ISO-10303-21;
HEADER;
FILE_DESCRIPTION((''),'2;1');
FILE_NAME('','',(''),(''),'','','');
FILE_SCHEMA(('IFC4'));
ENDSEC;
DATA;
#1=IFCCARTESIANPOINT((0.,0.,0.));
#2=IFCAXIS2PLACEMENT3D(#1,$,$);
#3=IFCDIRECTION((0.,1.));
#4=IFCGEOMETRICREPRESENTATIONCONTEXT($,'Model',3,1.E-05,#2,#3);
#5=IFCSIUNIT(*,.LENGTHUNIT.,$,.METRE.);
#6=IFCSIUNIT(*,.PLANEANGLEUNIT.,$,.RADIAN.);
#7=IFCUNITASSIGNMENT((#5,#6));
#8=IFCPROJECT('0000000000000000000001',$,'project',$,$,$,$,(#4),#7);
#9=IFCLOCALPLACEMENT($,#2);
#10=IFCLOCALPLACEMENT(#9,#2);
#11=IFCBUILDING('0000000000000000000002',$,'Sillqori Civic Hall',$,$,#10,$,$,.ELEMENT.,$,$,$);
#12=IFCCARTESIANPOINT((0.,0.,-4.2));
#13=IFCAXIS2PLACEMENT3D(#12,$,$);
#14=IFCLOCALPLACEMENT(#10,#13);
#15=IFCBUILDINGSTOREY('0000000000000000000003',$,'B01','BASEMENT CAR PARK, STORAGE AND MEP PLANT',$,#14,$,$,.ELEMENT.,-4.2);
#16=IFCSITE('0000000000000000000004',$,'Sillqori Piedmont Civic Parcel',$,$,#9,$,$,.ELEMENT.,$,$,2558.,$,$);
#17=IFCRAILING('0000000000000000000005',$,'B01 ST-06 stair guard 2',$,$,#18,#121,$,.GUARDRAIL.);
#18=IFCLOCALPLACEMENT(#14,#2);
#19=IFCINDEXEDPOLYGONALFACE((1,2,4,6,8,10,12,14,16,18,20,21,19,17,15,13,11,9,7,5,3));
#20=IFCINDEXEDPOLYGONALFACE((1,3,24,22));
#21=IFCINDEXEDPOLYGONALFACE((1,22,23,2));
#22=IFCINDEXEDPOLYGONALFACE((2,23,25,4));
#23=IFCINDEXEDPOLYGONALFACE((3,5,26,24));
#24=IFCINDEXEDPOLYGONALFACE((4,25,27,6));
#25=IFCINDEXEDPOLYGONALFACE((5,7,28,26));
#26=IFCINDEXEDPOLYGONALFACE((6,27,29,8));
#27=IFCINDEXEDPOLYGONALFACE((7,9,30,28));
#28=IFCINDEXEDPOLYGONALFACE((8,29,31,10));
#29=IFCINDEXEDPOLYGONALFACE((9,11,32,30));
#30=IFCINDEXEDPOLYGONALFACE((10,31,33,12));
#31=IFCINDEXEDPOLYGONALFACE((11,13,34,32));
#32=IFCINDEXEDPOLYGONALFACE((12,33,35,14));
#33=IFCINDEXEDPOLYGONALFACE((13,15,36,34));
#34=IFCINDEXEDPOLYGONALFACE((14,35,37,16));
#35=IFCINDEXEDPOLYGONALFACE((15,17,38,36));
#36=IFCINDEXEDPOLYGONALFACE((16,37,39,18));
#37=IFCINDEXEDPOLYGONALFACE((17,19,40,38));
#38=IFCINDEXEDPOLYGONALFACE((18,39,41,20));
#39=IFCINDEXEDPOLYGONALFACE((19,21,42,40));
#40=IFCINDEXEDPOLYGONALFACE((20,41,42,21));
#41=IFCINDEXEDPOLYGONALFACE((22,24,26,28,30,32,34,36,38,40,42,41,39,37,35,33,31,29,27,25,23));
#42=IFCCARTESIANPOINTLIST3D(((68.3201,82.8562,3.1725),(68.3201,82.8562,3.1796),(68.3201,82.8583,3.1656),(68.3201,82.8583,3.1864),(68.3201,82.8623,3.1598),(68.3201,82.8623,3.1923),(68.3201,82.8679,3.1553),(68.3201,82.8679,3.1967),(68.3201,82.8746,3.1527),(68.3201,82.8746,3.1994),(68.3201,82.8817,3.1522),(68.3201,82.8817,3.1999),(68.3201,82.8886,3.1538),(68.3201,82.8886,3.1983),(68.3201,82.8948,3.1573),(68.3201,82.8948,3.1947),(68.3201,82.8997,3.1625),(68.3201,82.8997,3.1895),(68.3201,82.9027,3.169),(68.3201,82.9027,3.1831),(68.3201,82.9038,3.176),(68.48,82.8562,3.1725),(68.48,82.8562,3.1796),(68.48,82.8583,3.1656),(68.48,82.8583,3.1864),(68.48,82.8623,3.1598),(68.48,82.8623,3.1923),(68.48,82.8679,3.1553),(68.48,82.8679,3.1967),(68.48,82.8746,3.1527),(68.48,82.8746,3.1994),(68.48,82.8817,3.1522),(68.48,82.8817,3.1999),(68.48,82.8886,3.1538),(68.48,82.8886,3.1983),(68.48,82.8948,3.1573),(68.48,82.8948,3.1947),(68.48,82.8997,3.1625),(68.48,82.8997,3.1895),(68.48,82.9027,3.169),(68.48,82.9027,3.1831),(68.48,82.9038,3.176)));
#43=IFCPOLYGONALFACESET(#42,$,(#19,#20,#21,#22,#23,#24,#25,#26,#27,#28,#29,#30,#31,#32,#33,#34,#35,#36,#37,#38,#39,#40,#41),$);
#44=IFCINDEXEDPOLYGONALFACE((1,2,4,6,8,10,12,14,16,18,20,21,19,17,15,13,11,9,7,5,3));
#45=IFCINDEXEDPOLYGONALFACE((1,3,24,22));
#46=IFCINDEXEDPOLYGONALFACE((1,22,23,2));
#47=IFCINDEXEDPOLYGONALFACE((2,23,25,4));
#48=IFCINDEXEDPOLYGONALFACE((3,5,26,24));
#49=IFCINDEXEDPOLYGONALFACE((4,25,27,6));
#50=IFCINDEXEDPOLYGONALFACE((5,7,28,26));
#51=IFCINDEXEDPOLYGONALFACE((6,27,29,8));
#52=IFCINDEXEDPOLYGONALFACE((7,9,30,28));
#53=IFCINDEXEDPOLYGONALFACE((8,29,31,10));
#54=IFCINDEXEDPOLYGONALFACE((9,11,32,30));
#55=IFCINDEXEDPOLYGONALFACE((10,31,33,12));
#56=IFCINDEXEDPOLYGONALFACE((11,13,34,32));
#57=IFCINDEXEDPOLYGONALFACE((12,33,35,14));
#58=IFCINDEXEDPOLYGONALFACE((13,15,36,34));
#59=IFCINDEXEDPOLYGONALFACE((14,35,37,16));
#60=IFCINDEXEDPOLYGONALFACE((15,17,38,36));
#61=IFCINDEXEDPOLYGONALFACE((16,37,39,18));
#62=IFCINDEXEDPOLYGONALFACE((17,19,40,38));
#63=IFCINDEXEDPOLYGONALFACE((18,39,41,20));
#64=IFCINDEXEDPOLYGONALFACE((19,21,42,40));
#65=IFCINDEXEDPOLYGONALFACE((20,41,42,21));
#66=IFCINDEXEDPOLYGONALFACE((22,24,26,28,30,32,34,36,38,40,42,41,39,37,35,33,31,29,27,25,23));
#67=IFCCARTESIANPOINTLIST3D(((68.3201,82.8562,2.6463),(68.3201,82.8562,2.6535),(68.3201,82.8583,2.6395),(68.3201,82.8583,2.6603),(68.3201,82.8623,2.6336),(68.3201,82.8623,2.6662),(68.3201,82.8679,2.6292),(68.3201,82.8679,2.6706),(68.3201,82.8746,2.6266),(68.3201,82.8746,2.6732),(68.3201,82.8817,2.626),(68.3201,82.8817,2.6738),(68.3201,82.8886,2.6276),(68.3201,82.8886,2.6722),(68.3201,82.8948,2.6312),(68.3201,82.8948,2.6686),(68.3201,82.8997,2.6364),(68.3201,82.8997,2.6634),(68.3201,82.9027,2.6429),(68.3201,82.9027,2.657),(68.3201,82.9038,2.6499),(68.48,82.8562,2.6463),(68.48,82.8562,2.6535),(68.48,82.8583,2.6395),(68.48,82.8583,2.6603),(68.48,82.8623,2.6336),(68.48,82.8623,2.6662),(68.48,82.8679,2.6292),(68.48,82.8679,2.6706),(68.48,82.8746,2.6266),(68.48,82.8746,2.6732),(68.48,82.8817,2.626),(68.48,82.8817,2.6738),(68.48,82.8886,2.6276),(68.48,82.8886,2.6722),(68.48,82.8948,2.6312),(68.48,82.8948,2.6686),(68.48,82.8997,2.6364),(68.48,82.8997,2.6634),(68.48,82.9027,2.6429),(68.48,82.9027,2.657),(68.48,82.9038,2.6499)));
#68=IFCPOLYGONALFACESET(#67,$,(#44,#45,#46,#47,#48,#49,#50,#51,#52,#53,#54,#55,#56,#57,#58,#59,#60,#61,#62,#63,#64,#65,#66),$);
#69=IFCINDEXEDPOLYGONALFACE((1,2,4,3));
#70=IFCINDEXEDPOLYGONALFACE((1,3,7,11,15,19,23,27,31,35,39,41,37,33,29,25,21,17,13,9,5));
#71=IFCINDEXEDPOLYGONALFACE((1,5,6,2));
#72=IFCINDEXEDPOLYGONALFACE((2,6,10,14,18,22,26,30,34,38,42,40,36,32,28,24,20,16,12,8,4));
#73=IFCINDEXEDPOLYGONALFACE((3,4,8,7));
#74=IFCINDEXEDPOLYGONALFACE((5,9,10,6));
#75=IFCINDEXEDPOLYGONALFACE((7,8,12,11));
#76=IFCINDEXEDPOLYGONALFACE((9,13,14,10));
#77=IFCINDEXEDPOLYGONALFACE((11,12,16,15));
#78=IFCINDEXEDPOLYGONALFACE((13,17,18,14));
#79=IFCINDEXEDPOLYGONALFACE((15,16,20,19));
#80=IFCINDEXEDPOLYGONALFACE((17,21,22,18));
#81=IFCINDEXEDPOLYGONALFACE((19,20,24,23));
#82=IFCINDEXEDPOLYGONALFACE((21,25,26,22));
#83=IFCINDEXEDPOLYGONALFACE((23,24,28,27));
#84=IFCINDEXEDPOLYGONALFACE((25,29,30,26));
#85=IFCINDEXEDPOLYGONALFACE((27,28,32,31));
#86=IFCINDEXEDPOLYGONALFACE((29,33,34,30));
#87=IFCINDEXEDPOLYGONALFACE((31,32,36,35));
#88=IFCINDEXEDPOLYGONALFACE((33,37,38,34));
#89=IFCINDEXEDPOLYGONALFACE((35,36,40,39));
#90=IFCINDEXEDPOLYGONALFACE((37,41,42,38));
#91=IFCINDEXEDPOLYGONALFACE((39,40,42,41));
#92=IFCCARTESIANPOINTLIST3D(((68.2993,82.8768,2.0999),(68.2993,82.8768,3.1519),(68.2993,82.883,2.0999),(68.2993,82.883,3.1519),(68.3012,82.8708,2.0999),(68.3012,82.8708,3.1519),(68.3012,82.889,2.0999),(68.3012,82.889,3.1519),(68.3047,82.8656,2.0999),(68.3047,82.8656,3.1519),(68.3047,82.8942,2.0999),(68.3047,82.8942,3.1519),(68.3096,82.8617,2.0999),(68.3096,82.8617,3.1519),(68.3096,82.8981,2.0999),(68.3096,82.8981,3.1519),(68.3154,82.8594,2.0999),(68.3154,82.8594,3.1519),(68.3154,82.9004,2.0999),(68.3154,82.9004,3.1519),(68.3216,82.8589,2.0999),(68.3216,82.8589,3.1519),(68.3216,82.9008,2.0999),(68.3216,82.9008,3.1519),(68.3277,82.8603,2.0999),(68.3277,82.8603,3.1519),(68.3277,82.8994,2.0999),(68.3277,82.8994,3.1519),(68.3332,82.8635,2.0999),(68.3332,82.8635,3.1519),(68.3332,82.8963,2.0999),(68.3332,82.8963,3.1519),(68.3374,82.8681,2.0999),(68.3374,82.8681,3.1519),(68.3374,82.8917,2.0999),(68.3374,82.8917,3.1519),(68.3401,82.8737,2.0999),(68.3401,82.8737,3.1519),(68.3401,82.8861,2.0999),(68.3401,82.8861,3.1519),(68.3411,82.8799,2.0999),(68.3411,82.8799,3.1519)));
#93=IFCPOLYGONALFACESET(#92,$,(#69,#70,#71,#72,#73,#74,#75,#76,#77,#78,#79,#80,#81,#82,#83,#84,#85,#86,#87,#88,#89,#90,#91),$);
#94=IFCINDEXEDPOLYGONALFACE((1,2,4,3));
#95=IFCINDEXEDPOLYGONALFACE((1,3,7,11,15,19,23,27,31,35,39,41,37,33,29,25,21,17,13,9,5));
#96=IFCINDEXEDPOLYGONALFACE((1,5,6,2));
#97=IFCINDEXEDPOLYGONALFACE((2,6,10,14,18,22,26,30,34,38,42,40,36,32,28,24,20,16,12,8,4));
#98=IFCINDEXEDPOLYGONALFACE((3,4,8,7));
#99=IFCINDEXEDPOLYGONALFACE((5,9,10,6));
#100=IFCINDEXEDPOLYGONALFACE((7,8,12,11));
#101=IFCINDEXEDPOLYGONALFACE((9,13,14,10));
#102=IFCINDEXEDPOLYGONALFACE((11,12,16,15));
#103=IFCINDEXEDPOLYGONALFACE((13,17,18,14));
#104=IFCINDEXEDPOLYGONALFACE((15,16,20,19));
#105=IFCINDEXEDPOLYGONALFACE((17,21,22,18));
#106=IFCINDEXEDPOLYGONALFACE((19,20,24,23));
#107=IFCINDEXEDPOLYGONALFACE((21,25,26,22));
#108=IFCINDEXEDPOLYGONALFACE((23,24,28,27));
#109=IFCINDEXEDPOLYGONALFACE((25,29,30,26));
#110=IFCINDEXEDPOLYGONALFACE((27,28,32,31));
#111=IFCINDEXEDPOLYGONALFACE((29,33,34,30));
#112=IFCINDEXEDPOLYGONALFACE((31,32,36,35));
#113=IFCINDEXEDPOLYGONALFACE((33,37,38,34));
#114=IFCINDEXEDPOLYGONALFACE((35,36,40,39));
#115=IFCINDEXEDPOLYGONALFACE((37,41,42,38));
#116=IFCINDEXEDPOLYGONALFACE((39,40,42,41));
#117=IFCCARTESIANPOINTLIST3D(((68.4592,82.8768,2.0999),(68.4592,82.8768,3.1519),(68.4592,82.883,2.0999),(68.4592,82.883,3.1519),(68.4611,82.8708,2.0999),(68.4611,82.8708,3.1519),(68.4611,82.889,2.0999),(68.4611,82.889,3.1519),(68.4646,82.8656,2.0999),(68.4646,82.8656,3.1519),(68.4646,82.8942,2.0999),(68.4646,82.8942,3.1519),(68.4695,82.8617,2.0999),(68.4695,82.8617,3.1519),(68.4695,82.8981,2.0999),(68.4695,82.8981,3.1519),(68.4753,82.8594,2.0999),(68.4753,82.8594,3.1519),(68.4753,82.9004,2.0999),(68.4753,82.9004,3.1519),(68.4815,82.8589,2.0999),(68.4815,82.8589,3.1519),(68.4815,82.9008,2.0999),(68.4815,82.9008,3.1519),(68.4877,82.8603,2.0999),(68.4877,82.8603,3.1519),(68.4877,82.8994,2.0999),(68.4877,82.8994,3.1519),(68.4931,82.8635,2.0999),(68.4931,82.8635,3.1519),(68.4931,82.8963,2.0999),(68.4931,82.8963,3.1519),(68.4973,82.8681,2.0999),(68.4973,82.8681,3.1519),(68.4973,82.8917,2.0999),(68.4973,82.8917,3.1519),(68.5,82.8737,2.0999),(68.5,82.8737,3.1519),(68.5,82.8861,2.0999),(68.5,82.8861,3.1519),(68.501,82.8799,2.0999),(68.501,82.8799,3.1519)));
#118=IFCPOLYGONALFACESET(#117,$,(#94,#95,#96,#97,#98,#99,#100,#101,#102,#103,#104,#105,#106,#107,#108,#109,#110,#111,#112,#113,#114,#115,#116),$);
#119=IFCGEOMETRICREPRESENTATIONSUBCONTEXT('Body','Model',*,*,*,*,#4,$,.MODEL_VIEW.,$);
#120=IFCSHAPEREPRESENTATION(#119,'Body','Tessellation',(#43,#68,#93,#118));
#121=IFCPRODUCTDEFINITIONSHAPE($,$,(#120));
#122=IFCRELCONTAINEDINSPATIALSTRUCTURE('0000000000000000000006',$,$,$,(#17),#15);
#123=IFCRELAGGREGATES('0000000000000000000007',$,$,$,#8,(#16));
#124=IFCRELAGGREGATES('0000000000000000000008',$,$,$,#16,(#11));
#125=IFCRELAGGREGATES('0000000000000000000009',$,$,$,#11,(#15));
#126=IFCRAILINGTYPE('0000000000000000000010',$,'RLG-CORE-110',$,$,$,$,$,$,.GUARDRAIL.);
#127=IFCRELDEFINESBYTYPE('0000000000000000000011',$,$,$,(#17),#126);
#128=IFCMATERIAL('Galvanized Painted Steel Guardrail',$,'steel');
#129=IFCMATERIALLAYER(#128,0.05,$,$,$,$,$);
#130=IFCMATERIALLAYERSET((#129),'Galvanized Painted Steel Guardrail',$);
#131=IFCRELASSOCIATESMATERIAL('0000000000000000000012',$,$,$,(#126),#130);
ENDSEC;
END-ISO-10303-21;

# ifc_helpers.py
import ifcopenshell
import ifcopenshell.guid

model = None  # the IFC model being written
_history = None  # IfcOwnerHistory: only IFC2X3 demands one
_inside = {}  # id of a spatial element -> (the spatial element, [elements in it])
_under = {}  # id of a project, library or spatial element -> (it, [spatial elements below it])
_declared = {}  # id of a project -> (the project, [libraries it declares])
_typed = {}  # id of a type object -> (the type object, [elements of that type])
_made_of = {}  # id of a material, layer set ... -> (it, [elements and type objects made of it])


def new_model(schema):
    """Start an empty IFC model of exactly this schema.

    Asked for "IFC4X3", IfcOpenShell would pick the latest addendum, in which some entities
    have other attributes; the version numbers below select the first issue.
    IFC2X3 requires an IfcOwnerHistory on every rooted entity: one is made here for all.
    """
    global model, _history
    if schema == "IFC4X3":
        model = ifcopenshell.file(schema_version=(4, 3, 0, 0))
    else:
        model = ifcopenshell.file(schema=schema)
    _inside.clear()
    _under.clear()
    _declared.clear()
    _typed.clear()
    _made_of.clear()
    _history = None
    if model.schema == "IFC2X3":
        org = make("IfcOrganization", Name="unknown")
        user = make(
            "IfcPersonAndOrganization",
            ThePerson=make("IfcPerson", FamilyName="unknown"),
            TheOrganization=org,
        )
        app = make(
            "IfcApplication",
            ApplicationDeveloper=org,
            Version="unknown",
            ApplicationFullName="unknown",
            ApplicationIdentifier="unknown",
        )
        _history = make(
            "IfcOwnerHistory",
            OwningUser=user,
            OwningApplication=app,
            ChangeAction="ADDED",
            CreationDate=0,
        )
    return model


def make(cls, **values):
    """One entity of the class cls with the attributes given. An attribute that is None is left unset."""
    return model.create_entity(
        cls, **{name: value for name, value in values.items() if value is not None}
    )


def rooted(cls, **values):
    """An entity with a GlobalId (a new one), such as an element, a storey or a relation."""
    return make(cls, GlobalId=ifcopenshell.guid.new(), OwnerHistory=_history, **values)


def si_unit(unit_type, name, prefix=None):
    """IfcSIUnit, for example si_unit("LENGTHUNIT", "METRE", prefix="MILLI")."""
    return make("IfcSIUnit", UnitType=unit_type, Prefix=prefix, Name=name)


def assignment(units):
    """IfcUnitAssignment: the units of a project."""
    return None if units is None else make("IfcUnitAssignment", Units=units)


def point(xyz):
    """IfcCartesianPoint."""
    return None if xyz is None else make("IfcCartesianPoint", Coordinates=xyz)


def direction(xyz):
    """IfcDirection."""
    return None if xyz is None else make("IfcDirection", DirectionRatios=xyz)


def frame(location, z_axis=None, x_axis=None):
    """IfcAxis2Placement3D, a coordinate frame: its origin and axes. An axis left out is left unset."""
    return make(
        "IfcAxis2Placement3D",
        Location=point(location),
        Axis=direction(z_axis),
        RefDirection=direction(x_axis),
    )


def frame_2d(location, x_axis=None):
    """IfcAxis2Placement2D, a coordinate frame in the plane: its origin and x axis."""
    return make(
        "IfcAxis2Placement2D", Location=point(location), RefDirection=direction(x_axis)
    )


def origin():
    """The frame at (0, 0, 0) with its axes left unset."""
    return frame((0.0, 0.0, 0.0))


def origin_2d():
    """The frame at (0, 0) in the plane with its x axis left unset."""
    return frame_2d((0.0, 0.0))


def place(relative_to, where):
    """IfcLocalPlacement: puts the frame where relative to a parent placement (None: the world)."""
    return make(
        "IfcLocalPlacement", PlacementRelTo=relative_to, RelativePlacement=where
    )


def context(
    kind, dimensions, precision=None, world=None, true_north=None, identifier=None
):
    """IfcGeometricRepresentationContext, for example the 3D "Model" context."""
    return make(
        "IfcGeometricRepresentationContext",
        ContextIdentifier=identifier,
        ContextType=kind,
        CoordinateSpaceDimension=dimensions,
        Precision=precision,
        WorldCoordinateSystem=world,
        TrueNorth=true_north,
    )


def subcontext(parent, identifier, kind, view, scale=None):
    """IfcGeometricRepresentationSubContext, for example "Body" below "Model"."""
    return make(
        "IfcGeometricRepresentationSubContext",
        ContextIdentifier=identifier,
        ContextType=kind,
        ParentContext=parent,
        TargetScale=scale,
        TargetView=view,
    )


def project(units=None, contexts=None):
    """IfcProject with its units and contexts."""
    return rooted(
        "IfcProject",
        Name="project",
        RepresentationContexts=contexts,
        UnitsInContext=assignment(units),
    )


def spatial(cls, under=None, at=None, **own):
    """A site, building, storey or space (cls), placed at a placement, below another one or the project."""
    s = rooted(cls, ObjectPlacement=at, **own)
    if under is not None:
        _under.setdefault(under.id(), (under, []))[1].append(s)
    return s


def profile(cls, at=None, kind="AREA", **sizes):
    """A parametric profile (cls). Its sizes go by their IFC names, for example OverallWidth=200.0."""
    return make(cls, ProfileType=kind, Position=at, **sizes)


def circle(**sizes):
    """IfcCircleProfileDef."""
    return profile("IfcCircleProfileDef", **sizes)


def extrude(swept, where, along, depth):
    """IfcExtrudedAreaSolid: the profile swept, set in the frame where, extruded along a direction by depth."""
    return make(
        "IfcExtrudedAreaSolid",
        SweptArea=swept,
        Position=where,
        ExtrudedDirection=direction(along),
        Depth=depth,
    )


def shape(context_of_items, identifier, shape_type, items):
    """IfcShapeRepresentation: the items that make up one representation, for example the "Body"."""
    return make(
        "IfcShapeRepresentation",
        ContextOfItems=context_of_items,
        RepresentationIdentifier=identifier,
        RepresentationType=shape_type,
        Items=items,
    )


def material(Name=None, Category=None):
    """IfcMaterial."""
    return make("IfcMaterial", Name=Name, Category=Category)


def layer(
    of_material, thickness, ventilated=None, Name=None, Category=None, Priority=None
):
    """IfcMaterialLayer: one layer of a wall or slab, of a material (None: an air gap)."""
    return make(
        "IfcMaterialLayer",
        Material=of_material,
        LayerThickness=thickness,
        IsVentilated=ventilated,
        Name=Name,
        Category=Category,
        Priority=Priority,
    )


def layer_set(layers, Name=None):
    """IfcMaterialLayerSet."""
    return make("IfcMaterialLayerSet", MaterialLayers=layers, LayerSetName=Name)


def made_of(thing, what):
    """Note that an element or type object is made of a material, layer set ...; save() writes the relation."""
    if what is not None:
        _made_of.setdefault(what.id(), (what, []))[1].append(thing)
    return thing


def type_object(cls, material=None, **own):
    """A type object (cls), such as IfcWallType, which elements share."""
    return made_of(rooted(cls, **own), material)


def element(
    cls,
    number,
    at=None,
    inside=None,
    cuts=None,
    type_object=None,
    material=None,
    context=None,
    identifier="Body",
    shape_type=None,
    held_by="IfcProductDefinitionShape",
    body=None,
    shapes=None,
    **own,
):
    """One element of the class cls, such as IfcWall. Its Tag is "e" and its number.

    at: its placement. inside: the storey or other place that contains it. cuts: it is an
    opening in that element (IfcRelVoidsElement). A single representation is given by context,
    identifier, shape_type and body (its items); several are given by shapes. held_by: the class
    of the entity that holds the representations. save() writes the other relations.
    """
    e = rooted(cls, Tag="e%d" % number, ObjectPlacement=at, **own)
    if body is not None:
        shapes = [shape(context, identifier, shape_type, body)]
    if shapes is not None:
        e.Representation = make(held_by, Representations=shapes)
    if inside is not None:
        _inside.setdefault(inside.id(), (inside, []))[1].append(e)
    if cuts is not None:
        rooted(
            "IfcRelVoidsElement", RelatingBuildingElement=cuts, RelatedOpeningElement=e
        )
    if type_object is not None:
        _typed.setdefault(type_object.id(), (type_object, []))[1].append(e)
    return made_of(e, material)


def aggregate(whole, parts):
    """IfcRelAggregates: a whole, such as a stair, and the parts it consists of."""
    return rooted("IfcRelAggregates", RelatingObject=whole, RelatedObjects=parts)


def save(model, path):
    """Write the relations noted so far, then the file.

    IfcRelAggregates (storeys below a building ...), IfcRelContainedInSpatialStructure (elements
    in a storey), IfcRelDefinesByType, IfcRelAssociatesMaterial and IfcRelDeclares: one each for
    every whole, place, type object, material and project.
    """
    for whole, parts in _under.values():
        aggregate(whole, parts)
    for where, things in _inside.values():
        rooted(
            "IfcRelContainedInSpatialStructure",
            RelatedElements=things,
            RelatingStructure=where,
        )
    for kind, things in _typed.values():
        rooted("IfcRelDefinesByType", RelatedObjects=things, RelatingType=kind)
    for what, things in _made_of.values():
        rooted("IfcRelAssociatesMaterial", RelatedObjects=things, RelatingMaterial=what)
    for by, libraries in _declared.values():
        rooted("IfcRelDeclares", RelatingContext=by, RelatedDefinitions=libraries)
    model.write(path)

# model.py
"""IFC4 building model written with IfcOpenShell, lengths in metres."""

from ifc_helpers import new_model, si_unit, direction, frame, origin, origin_2d, place, context, subcontext, project, spatial, circle, extrude, material, layer, layer_set, type_object, element, save


model = new_model("IFC4")

# Units and contexts
model_context = context("Model", 3, precision=1e-05, world=origin(), true_north=direction((0.0, 1.0)))
body_context = subcontext(model_context, "Body", "Model", "MODEL_VIEW")
ifc_project = project(units=[si_unit("LENGTHUNIT", "METRE"), si_unit("PLANEANGLEUNIT", "RADIAN")], contexts=[model_context])

# Site, building, storey
site_placement = place(None, origin())
site = spatial("IfcSite", under=ifc_project, at=site_placement, Name="Sillqori Piedmont Civic Parcel", CompositionType="ELEMENT", RefElevation=2558.0)
building_placement = place(site_placement, origin())
building = spatial("IfcBuilding", under=site, at=building_placement, Name="Sillqori Civic Hall", CompositionType="ELEMENT")
storey_placement = place(building_placement, frame((0.0, 0.0, -4.2)))
storey = spatial("IfcBuildingStorey", under=building, at=storey_placement, Name="B01", Description="BASEMENT CAR PARK, STORAGE AND MEP PLANT", CompositionType="ELEMENT", Elevation=-4.2)

# Railing
ifc_material_1 = material(Name="Galvanized Painted Steel Guardrail", Category="steel")
ifc_layer_1 = layer(ifc_material_1, 0.05)
ifc_layer_set_1 = layer_set([ifc_layer_1], Name="Galvanized Painted Steel Guardrail")
railing_type_1 = type_object("IfcRailingType", Name="RLG-CORE-110", PredefinedType="GUARDRAIL", material=ifc_layer_set_1)
railing_1_placement = place(storey_placement, frame((68.3201, 82.8799, 2.0999)))
element("IfcRailing", 1, at=railing_1_placement, inside=storey, type_object=railing_type_1, Name="B01 ST-06 stair guard 2", PredefinedType="GUARDRAIL", context=body_context, shape_type="SweptSolid", body=[
    extrude(circle(Radius=0.0239, at=origin_2d()), frame((0.0, 0.0, 1.0762), z_axis=(1.0, 0.0, 0.0), x_axis=(0.0, 1.0, 0.0)), (0.0, 0.0, 1.0), 0.1599),
    extrude(circle(Radius=0.0239, at=origin_2d()), frame((0.0, 0.0, 0.55), z_axis=(1.0, 0.0, 0.0), x_axis=(0.0, 1.0, 0.0)), (0.0, 0.0, 1.0), 0.1599),
    extrude(circle(Radius=0.021, at=origin_2d()), origin(), (0.0, 0.0, 1.0), 1.052),
    extrude(circle(Radius=0.021, at=origin_2d()), frame((0.1599, 0.0, 0.0)), (0.0, 0.0, 1.0), 1.052),
])

save(model, "model.ifc")
